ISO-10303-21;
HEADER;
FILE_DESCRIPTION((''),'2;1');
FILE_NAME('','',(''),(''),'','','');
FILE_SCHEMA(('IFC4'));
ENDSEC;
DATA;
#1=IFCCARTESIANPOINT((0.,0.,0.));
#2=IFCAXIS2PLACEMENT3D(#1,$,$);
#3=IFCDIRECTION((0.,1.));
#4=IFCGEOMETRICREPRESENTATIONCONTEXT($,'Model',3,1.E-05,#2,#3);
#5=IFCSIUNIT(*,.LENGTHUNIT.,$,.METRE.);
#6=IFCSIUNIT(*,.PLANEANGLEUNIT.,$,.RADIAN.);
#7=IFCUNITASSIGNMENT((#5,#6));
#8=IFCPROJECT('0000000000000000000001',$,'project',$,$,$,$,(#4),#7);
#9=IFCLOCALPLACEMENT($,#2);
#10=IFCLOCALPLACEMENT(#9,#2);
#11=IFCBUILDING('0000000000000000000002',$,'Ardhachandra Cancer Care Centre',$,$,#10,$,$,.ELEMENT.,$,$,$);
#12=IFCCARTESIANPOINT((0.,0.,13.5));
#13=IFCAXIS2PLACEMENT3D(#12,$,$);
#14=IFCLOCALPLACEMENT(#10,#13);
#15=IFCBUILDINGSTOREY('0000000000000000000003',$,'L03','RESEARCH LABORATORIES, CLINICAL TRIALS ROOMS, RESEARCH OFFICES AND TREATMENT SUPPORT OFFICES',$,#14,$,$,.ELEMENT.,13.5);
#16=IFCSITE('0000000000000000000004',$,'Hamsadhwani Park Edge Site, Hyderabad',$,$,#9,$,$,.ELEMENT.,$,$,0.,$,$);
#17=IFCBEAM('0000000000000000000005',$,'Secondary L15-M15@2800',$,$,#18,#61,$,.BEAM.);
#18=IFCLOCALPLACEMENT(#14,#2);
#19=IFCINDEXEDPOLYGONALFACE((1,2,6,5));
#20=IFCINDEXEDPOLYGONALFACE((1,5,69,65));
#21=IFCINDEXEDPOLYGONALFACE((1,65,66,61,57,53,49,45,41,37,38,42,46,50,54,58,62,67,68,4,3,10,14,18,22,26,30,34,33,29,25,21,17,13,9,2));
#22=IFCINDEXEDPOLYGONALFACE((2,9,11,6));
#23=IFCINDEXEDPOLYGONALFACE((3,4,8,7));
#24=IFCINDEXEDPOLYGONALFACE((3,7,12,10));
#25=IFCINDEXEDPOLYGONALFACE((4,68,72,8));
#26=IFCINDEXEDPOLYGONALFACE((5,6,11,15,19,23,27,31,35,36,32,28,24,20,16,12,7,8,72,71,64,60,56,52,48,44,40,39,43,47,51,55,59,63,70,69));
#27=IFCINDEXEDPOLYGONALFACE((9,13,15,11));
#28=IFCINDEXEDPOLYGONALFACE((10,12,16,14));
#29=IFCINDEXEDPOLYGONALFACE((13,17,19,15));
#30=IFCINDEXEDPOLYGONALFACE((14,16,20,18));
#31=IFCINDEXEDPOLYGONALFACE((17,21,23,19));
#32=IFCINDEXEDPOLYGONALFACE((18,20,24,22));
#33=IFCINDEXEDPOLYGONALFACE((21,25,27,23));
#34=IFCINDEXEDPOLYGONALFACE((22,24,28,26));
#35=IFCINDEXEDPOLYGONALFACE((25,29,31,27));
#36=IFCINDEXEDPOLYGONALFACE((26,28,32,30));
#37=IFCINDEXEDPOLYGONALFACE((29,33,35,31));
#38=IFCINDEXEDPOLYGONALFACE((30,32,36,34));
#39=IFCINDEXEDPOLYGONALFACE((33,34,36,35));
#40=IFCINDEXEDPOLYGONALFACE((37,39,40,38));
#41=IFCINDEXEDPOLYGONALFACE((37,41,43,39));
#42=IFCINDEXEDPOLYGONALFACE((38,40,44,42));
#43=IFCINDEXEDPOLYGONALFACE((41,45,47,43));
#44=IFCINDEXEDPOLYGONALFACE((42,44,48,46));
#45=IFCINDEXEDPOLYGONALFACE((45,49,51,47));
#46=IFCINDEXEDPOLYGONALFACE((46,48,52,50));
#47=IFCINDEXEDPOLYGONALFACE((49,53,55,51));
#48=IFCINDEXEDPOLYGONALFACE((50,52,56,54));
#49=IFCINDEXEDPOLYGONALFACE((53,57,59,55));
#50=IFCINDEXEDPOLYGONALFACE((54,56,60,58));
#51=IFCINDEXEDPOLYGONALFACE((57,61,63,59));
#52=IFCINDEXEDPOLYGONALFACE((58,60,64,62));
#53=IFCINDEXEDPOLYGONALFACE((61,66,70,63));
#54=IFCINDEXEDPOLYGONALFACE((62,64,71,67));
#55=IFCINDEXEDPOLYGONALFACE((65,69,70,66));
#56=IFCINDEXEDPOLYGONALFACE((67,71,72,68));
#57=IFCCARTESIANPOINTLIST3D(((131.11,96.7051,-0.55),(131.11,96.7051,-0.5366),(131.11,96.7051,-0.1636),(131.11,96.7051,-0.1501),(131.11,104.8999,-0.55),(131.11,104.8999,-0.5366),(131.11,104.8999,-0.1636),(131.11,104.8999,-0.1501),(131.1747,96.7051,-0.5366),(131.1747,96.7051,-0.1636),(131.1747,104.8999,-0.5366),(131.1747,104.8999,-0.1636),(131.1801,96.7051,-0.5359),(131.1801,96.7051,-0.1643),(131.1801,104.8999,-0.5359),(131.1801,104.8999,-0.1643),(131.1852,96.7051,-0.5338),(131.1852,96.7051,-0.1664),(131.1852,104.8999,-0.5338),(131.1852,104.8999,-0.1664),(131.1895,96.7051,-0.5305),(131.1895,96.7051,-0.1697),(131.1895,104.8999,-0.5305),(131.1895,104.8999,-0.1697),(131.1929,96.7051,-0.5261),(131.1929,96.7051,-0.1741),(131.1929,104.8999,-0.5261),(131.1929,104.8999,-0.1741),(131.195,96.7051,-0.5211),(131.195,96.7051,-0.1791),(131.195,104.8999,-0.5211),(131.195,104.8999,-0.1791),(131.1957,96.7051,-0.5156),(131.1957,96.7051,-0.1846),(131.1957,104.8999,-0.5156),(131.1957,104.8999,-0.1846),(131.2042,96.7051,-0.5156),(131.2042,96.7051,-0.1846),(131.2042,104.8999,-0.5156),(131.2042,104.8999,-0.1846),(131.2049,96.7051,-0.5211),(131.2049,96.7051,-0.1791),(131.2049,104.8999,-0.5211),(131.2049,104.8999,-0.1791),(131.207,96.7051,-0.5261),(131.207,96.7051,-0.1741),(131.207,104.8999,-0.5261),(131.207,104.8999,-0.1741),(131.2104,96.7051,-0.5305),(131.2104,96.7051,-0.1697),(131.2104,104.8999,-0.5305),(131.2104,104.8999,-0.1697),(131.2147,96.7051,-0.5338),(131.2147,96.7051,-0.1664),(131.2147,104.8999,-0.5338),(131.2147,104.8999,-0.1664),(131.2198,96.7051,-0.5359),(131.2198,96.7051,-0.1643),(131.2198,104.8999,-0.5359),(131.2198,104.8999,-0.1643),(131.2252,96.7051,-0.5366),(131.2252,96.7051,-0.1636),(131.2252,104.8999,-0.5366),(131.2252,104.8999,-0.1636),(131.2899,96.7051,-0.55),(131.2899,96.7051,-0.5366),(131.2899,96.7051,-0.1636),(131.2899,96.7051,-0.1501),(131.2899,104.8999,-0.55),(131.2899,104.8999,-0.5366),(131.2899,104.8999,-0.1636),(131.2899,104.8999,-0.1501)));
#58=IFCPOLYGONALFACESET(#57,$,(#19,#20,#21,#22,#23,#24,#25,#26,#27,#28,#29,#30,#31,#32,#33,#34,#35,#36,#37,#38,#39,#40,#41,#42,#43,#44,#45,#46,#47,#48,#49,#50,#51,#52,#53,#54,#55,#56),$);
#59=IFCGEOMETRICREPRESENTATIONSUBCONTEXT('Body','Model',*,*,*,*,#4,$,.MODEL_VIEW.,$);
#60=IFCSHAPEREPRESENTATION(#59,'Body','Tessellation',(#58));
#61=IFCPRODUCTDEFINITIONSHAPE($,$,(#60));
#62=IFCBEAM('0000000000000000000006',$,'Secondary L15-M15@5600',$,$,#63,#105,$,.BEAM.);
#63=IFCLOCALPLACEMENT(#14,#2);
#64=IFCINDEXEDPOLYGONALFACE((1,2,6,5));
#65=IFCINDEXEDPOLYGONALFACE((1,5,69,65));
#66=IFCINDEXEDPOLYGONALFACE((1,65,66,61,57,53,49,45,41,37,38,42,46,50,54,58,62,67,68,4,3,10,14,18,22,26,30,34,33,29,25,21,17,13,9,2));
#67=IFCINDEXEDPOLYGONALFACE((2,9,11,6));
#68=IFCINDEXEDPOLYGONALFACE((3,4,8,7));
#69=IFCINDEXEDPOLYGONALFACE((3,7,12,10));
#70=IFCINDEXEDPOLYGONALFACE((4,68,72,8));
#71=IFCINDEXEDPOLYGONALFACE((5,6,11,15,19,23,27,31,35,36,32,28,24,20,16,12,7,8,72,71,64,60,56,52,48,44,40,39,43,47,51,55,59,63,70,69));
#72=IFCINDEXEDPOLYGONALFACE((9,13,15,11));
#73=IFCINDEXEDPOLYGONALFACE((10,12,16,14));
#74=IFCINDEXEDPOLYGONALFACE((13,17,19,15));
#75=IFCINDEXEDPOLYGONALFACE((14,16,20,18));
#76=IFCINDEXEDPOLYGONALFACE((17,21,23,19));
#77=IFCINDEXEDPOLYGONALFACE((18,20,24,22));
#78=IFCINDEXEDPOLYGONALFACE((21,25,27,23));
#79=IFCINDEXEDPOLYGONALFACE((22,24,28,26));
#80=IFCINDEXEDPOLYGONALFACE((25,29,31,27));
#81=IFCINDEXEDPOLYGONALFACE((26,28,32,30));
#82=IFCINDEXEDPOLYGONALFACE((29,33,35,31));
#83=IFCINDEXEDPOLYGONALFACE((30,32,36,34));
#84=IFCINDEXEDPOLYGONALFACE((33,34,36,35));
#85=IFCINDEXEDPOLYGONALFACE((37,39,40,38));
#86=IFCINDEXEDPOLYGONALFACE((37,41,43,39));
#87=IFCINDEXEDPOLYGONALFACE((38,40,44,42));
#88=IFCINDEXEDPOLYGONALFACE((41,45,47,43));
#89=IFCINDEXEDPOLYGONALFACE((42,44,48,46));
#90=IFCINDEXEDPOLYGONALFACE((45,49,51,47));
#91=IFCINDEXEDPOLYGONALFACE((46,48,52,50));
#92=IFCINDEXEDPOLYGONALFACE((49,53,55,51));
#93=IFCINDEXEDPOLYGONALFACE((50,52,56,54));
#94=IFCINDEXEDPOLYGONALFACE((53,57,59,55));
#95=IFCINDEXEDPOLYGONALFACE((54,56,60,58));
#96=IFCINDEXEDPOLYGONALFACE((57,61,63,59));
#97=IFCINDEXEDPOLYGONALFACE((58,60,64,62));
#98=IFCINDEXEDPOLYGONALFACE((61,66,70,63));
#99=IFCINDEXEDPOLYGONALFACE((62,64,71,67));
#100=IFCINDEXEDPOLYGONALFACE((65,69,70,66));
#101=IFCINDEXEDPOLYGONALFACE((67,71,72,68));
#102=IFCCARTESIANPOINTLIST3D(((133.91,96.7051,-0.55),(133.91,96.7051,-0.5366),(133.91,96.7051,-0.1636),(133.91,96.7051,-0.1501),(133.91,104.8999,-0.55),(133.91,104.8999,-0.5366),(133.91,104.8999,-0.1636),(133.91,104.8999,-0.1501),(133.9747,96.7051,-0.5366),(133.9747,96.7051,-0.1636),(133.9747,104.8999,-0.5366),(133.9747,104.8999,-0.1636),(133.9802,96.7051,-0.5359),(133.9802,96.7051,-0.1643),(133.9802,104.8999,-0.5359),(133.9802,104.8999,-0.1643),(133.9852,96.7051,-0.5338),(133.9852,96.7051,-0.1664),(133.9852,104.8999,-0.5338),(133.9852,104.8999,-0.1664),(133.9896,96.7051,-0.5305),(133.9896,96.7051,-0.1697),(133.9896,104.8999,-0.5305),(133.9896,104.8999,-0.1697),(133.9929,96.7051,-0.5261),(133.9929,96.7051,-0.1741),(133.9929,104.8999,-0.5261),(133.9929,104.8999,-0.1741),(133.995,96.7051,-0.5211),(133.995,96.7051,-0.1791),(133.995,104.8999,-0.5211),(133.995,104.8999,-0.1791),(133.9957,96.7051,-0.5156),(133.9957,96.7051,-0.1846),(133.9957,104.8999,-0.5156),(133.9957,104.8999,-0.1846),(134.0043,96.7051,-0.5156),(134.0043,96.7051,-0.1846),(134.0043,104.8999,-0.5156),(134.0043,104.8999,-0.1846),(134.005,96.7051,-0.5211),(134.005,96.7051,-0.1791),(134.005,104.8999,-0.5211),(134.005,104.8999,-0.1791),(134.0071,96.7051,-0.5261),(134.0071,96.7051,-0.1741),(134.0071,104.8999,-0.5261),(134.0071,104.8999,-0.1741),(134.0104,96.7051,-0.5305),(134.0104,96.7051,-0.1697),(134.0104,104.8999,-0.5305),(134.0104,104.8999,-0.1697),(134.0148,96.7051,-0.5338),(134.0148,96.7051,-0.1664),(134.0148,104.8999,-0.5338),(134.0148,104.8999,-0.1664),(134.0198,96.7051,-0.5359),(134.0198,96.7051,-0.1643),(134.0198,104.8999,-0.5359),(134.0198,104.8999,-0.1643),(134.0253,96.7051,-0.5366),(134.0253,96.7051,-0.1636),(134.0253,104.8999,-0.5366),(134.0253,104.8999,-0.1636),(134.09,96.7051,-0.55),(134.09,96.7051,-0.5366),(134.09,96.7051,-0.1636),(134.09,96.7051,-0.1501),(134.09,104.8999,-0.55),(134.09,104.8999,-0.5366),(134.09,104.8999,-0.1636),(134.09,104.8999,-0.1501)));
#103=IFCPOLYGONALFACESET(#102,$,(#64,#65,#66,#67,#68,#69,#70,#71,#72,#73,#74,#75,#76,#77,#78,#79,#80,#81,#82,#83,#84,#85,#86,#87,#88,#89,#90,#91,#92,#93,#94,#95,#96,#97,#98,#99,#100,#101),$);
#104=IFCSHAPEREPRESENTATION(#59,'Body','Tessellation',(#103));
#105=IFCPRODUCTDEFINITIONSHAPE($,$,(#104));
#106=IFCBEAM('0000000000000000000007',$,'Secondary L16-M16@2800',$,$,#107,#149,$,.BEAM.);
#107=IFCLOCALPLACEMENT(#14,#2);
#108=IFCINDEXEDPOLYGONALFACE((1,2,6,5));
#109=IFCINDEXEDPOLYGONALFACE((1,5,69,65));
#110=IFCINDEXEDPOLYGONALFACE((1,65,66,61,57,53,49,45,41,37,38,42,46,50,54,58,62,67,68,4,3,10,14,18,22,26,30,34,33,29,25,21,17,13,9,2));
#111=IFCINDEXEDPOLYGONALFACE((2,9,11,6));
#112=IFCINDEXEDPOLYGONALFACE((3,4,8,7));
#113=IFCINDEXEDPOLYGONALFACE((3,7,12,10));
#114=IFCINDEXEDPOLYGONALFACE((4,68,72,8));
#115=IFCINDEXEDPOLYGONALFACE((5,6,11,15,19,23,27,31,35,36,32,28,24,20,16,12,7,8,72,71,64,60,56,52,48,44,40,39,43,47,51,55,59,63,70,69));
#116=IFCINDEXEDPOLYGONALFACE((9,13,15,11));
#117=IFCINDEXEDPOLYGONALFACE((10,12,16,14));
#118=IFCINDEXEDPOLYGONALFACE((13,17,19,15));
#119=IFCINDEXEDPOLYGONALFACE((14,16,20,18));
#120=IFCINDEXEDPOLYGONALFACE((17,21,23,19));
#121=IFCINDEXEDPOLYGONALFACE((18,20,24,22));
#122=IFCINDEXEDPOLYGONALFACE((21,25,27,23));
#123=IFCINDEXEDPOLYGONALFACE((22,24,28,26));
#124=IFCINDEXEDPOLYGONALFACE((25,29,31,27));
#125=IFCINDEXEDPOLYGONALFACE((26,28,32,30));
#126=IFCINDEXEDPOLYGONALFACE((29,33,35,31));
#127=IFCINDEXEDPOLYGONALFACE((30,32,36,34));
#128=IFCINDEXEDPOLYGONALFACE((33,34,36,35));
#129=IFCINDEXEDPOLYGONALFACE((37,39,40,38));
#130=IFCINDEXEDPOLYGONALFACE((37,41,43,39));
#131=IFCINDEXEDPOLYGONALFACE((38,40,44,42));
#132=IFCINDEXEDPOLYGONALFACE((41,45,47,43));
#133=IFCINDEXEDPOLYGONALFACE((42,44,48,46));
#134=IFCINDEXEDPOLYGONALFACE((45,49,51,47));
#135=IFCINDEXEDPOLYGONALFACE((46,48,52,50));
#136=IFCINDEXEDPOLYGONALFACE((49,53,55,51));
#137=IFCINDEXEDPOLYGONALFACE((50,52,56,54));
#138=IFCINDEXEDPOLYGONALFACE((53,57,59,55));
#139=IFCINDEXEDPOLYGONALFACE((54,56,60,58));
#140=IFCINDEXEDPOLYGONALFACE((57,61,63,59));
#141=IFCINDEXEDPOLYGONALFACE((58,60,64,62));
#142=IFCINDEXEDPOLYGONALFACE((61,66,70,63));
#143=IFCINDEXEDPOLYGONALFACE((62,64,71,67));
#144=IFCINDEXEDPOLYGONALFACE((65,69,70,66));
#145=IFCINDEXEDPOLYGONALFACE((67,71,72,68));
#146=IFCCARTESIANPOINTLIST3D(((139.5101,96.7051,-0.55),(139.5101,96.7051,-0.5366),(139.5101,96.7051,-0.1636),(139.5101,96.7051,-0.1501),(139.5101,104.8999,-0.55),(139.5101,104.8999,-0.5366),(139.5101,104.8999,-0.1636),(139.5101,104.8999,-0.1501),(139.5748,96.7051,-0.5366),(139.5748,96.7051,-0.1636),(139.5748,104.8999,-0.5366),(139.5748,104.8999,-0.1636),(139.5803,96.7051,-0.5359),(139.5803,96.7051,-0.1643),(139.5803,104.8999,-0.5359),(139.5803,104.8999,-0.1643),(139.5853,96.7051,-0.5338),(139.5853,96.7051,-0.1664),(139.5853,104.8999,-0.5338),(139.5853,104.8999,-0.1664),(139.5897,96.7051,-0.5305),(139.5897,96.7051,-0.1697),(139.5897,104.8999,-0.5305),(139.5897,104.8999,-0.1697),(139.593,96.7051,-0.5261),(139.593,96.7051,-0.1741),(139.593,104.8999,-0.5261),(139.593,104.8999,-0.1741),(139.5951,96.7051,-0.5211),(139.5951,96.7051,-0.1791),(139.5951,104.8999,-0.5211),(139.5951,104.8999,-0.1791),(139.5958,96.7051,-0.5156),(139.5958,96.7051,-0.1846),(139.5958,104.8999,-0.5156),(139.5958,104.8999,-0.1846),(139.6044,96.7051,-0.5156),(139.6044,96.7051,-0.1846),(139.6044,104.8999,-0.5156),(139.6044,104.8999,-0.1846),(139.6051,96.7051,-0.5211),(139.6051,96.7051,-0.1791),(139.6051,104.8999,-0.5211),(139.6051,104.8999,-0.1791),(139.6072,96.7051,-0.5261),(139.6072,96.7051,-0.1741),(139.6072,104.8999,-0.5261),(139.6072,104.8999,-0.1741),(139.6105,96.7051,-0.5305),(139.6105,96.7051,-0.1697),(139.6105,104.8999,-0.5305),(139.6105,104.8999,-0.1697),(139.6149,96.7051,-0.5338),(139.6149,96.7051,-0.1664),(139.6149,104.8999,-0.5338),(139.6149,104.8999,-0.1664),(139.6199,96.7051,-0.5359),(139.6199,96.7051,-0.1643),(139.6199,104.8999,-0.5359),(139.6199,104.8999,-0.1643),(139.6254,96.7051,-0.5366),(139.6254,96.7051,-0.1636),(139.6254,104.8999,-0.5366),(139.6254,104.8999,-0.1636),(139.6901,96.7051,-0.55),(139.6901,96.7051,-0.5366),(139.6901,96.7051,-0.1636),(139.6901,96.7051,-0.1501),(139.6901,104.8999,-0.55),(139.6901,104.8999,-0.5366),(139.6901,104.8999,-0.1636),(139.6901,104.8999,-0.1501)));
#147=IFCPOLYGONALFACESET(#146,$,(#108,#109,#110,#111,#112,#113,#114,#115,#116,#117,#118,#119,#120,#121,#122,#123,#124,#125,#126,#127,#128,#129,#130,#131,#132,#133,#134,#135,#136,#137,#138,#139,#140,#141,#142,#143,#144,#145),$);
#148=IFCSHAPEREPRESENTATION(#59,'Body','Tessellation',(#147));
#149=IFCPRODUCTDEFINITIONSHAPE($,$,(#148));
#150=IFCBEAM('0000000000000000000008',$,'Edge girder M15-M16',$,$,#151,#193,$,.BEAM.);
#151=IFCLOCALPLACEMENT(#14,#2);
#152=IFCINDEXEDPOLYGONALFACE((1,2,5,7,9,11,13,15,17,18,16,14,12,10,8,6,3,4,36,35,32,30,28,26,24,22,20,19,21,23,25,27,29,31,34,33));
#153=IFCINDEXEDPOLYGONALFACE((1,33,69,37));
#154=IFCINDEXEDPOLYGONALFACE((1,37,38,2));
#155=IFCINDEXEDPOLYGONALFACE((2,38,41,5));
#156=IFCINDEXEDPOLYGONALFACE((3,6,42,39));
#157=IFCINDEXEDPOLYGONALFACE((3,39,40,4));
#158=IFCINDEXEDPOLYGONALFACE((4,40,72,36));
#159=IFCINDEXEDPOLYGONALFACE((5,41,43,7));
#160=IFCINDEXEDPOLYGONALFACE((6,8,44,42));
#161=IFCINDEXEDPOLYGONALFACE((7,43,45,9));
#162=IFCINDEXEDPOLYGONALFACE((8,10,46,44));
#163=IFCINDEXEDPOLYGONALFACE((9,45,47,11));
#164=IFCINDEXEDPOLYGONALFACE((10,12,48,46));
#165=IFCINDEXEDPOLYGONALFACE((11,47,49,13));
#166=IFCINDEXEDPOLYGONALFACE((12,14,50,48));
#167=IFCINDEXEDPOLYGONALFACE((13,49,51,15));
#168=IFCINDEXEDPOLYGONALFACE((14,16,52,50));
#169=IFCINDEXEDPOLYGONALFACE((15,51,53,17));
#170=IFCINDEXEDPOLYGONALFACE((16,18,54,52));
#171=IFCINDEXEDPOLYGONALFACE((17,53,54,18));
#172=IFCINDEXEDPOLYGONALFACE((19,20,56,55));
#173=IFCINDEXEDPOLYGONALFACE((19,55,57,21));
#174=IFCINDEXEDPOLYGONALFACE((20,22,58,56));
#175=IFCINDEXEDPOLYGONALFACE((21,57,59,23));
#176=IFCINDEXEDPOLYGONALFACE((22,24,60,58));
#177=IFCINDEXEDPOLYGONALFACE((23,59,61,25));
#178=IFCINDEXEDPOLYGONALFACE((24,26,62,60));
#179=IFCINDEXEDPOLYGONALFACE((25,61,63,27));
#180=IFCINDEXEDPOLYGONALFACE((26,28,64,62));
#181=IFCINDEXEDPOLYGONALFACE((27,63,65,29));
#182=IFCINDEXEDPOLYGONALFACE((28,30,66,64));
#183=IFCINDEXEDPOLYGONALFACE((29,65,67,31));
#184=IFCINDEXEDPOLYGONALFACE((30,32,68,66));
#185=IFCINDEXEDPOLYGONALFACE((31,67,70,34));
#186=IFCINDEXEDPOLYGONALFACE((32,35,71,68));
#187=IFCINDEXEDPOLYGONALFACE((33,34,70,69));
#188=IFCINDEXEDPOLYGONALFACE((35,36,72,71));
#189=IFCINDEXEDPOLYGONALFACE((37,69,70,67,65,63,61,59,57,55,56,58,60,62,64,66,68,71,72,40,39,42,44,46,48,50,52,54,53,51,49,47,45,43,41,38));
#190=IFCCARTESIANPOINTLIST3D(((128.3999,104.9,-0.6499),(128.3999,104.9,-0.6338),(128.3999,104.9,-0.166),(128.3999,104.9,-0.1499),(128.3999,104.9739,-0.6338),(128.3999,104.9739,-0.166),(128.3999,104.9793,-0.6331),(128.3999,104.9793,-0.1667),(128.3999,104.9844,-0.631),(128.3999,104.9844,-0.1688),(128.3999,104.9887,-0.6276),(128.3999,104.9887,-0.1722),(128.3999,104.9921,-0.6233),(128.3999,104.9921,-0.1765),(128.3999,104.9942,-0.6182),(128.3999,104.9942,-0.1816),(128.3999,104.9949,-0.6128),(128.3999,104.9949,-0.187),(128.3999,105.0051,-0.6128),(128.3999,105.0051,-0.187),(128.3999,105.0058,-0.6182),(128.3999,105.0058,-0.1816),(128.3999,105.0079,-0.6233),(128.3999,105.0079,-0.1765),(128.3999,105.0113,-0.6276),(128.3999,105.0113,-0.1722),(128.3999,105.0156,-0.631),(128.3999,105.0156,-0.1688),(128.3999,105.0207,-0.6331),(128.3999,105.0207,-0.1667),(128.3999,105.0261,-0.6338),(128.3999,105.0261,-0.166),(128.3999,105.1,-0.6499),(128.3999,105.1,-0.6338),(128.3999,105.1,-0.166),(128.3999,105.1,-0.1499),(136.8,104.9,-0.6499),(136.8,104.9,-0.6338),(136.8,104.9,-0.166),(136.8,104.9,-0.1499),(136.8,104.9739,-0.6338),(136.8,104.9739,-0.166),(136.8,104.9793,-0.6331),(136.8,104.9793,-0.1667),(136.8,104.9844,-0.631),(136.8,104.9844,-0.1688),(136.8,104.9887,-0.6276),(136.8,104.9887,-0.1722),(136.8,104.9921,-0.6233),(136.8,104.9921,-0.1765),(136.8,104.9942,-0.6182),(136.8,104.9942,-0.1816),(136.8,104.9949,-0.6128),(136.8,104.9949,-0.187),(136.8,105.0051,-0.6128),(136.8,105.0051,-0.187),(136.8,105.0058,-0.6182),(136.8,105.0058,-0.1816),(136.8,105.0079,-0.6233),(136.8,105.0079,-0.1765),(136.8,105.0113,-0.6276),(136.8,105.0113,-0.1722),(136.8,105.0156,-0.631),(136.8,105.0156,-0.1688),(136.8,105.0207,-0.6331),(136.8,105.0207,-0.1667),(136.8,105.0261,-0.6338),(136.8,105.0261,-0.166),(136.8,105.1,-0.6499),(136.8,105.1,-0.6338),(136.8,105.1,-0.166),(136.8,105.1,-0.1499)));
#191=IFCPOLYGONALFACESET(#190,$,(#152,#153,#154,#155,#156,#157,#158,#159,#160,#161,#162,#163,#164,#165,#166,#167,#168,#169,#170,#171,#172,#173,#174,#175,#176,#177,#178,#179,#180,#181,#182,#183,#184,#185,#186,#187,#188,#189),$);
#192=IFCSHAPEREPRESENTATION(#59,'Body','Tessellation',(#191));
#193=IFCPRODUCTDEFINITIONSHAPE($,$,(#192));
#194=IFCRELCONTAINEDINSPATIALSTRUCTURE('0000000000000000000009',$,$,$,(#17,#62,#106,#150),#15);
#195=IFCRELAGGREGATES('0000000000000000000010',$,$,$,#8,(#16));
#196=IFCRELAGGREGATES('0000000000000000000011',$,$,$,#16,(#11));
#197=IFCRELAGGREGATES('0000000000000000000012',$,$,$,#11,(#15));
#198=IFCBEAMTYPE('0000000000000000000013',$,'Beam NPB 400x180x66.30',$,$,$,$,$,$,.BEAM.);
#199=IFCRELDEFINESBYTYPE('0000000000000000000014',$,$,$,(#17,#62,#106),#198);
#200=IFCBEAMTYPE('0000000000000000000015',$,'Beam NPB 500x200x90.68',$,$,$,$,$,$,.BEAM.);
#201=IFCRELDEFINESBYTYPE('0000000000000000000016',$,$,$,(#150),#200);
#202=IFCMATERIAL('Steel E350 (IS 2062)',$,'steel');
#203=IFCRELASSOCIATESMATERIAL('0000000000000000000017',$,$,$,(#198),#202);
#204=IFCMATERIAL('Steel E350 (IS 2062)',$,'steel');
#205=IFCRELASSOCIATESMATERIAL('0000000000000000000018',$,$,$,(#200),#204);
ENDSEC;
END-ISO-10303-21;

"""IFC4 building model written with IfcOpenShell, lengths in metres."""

from ifc_helpers import new_model, si_unit, direction, frame, origin, origin_2d, place, context, subcontext, project, spatial, i_section, extrude, material, material_profile, profile_set, type_object, element, save


model = new_model("IFC4")

# Units and contexts
model_context = context("Model", 3, precision=1e-05, world=origin(), true_north=direction((0.0, 1.0)))
body_context = subcontext(model_context, "Body", "Model", "MODEL_VIEW")
ifc_project = project(units=[si_unit("LENGTHUNIT", "METRE"), si_unit("PLANEANGLEUNIT", "RADIAN")], contexts=[model_context])

# Site, building, storey
site_placement = place(None, origin())
site = spatial("IfcSite", under=ifc_project, at=site_placement, Name="Hamsadhwani Park Edge Site, Hyderabad", CompositionType="ELEMENT", RefElevation=0.0)
building_placement = place(site_placement, origin())
building = spatial("IfcBuilding", under=site, at=building_placement, Name="Ardhachandra Cancer Care Centre", CompositionType="ELEMENT")
storey_placement = place(building_placement, frame((0.0, 0.0, 13.5)))
storey = spatial("IfcBuildingStorey", under=building, at=storey_placement, Name="L03", Description="RESEARCH LABORATORIES, CLINICAL TRIALS ROOMS, RESEARCH OFFICES AND TREATMENT SUPPORT OFFICES", CompositionType="ELEMENT", Elevation=13.5)

# Beams
ifc_material_1 = material(Name="Steel E350 (IS 2062)", Category="steel")
ifc_material_profile_1 = material_profile(ifc_material_1, i_section(OverallWidth=0.1799, OverallDepth=0.3999, WebThickness=0.0085, FlangeThickness=0.0134, FilletRadius=0.021, at=origin_2d()), Name="NPB 400x180x66.30")
ifc_profile_set_1 = profile_set([ifc_material_profile_1], Name="Steel E350 (IS 2062)")
beam_type_1 = type_object("IfcBeamType", Name="Beam NPB 400x180x66.30", PredefinedType="BEAM", material=ifc_profile_set_1)
for number, where, z_axis, x_axis, name in (
    (1, (131.2, 96.7051, -0.3501), (0.0, 1.0, 0.0), (-1.0, 0.0, 0.0), "Secondary L15-M15@2800"),
    (2, (134.0, 96.7051, -0.3501), (0.0, 1.0, 0.0), (-1.0, 0.0, 0.0), "Secondary L15-M15@5600"),
    (3, (139.6001, 96.7051, -0.3501), (0.0, 1.0, 0.0), (-1.0, 0.0, 0.0), "Secondary L16-M16@2800"),
):
    element("IfcBeam", number, at=place(storey_placement, frame(where, z_axis=z_axis, x_axis=x_axis)), inside=storey, type_object=beam_type_1, Name=name, PredefinedType="BEAM", context=body_context, shape_type="SweptSolid", body=[
        extrude(i_section(OverallWidth=0.1799, OverallDepth=0.3999, WebThickness=0.0085, FlangeThickness=0.0134, FilletRadius=0.021, at=origin_2d()), origin(), (0.0, 0.0, 1.0), 8.1948),
    ])
ifc_material_2 = material(Name="Steel E350 (IS 2062)", Category="steel")
ifc_material_profile_2 = material_profile(ifc_material_2, i_section(OverallWidth=0.2, OverallDepth=0.5, WebThickness=0.0103, FlangeThickness=0.0161, FilletRadius=0.021, at=origin_2d()), Name="NPB 500x200x90.68")
ifc_profile_set_2 = profile_set([ifc_material_profile_2], Name="Steel E350 (IS 2062)")
beam_type_2 = type_object("IfcBeamType", Name="Beam NPB 500x200x90.68", PredefinedType="BEAM", material=ifc_profile_set_2)
beam_1_placement = place(storey_placement, frame((128.3999, 105.0, -0.3999), z_axis=(1.0, 0.0, 0.0), x_axis=(0.0, 1.0, 0.0)))
element("IfcBeam", 4, at=beam_1_placement, inside=storey, type_object=beam_type_2, Name="Edge girder M15-M16", PredefinedType="BEAM", context=body_context, shape_type="SweptSolid", body=[
    extrude(i_section(OverallWidth=0.2, OverallDepth=0.5, WebThickness=0.0103, FlangeThickness=0.0161, FilletRadius=0.021, at=origin_2d()), origin(), (0.0, 0.0, 1.0), 8.4001),
])

save(model, "model.ifc")
